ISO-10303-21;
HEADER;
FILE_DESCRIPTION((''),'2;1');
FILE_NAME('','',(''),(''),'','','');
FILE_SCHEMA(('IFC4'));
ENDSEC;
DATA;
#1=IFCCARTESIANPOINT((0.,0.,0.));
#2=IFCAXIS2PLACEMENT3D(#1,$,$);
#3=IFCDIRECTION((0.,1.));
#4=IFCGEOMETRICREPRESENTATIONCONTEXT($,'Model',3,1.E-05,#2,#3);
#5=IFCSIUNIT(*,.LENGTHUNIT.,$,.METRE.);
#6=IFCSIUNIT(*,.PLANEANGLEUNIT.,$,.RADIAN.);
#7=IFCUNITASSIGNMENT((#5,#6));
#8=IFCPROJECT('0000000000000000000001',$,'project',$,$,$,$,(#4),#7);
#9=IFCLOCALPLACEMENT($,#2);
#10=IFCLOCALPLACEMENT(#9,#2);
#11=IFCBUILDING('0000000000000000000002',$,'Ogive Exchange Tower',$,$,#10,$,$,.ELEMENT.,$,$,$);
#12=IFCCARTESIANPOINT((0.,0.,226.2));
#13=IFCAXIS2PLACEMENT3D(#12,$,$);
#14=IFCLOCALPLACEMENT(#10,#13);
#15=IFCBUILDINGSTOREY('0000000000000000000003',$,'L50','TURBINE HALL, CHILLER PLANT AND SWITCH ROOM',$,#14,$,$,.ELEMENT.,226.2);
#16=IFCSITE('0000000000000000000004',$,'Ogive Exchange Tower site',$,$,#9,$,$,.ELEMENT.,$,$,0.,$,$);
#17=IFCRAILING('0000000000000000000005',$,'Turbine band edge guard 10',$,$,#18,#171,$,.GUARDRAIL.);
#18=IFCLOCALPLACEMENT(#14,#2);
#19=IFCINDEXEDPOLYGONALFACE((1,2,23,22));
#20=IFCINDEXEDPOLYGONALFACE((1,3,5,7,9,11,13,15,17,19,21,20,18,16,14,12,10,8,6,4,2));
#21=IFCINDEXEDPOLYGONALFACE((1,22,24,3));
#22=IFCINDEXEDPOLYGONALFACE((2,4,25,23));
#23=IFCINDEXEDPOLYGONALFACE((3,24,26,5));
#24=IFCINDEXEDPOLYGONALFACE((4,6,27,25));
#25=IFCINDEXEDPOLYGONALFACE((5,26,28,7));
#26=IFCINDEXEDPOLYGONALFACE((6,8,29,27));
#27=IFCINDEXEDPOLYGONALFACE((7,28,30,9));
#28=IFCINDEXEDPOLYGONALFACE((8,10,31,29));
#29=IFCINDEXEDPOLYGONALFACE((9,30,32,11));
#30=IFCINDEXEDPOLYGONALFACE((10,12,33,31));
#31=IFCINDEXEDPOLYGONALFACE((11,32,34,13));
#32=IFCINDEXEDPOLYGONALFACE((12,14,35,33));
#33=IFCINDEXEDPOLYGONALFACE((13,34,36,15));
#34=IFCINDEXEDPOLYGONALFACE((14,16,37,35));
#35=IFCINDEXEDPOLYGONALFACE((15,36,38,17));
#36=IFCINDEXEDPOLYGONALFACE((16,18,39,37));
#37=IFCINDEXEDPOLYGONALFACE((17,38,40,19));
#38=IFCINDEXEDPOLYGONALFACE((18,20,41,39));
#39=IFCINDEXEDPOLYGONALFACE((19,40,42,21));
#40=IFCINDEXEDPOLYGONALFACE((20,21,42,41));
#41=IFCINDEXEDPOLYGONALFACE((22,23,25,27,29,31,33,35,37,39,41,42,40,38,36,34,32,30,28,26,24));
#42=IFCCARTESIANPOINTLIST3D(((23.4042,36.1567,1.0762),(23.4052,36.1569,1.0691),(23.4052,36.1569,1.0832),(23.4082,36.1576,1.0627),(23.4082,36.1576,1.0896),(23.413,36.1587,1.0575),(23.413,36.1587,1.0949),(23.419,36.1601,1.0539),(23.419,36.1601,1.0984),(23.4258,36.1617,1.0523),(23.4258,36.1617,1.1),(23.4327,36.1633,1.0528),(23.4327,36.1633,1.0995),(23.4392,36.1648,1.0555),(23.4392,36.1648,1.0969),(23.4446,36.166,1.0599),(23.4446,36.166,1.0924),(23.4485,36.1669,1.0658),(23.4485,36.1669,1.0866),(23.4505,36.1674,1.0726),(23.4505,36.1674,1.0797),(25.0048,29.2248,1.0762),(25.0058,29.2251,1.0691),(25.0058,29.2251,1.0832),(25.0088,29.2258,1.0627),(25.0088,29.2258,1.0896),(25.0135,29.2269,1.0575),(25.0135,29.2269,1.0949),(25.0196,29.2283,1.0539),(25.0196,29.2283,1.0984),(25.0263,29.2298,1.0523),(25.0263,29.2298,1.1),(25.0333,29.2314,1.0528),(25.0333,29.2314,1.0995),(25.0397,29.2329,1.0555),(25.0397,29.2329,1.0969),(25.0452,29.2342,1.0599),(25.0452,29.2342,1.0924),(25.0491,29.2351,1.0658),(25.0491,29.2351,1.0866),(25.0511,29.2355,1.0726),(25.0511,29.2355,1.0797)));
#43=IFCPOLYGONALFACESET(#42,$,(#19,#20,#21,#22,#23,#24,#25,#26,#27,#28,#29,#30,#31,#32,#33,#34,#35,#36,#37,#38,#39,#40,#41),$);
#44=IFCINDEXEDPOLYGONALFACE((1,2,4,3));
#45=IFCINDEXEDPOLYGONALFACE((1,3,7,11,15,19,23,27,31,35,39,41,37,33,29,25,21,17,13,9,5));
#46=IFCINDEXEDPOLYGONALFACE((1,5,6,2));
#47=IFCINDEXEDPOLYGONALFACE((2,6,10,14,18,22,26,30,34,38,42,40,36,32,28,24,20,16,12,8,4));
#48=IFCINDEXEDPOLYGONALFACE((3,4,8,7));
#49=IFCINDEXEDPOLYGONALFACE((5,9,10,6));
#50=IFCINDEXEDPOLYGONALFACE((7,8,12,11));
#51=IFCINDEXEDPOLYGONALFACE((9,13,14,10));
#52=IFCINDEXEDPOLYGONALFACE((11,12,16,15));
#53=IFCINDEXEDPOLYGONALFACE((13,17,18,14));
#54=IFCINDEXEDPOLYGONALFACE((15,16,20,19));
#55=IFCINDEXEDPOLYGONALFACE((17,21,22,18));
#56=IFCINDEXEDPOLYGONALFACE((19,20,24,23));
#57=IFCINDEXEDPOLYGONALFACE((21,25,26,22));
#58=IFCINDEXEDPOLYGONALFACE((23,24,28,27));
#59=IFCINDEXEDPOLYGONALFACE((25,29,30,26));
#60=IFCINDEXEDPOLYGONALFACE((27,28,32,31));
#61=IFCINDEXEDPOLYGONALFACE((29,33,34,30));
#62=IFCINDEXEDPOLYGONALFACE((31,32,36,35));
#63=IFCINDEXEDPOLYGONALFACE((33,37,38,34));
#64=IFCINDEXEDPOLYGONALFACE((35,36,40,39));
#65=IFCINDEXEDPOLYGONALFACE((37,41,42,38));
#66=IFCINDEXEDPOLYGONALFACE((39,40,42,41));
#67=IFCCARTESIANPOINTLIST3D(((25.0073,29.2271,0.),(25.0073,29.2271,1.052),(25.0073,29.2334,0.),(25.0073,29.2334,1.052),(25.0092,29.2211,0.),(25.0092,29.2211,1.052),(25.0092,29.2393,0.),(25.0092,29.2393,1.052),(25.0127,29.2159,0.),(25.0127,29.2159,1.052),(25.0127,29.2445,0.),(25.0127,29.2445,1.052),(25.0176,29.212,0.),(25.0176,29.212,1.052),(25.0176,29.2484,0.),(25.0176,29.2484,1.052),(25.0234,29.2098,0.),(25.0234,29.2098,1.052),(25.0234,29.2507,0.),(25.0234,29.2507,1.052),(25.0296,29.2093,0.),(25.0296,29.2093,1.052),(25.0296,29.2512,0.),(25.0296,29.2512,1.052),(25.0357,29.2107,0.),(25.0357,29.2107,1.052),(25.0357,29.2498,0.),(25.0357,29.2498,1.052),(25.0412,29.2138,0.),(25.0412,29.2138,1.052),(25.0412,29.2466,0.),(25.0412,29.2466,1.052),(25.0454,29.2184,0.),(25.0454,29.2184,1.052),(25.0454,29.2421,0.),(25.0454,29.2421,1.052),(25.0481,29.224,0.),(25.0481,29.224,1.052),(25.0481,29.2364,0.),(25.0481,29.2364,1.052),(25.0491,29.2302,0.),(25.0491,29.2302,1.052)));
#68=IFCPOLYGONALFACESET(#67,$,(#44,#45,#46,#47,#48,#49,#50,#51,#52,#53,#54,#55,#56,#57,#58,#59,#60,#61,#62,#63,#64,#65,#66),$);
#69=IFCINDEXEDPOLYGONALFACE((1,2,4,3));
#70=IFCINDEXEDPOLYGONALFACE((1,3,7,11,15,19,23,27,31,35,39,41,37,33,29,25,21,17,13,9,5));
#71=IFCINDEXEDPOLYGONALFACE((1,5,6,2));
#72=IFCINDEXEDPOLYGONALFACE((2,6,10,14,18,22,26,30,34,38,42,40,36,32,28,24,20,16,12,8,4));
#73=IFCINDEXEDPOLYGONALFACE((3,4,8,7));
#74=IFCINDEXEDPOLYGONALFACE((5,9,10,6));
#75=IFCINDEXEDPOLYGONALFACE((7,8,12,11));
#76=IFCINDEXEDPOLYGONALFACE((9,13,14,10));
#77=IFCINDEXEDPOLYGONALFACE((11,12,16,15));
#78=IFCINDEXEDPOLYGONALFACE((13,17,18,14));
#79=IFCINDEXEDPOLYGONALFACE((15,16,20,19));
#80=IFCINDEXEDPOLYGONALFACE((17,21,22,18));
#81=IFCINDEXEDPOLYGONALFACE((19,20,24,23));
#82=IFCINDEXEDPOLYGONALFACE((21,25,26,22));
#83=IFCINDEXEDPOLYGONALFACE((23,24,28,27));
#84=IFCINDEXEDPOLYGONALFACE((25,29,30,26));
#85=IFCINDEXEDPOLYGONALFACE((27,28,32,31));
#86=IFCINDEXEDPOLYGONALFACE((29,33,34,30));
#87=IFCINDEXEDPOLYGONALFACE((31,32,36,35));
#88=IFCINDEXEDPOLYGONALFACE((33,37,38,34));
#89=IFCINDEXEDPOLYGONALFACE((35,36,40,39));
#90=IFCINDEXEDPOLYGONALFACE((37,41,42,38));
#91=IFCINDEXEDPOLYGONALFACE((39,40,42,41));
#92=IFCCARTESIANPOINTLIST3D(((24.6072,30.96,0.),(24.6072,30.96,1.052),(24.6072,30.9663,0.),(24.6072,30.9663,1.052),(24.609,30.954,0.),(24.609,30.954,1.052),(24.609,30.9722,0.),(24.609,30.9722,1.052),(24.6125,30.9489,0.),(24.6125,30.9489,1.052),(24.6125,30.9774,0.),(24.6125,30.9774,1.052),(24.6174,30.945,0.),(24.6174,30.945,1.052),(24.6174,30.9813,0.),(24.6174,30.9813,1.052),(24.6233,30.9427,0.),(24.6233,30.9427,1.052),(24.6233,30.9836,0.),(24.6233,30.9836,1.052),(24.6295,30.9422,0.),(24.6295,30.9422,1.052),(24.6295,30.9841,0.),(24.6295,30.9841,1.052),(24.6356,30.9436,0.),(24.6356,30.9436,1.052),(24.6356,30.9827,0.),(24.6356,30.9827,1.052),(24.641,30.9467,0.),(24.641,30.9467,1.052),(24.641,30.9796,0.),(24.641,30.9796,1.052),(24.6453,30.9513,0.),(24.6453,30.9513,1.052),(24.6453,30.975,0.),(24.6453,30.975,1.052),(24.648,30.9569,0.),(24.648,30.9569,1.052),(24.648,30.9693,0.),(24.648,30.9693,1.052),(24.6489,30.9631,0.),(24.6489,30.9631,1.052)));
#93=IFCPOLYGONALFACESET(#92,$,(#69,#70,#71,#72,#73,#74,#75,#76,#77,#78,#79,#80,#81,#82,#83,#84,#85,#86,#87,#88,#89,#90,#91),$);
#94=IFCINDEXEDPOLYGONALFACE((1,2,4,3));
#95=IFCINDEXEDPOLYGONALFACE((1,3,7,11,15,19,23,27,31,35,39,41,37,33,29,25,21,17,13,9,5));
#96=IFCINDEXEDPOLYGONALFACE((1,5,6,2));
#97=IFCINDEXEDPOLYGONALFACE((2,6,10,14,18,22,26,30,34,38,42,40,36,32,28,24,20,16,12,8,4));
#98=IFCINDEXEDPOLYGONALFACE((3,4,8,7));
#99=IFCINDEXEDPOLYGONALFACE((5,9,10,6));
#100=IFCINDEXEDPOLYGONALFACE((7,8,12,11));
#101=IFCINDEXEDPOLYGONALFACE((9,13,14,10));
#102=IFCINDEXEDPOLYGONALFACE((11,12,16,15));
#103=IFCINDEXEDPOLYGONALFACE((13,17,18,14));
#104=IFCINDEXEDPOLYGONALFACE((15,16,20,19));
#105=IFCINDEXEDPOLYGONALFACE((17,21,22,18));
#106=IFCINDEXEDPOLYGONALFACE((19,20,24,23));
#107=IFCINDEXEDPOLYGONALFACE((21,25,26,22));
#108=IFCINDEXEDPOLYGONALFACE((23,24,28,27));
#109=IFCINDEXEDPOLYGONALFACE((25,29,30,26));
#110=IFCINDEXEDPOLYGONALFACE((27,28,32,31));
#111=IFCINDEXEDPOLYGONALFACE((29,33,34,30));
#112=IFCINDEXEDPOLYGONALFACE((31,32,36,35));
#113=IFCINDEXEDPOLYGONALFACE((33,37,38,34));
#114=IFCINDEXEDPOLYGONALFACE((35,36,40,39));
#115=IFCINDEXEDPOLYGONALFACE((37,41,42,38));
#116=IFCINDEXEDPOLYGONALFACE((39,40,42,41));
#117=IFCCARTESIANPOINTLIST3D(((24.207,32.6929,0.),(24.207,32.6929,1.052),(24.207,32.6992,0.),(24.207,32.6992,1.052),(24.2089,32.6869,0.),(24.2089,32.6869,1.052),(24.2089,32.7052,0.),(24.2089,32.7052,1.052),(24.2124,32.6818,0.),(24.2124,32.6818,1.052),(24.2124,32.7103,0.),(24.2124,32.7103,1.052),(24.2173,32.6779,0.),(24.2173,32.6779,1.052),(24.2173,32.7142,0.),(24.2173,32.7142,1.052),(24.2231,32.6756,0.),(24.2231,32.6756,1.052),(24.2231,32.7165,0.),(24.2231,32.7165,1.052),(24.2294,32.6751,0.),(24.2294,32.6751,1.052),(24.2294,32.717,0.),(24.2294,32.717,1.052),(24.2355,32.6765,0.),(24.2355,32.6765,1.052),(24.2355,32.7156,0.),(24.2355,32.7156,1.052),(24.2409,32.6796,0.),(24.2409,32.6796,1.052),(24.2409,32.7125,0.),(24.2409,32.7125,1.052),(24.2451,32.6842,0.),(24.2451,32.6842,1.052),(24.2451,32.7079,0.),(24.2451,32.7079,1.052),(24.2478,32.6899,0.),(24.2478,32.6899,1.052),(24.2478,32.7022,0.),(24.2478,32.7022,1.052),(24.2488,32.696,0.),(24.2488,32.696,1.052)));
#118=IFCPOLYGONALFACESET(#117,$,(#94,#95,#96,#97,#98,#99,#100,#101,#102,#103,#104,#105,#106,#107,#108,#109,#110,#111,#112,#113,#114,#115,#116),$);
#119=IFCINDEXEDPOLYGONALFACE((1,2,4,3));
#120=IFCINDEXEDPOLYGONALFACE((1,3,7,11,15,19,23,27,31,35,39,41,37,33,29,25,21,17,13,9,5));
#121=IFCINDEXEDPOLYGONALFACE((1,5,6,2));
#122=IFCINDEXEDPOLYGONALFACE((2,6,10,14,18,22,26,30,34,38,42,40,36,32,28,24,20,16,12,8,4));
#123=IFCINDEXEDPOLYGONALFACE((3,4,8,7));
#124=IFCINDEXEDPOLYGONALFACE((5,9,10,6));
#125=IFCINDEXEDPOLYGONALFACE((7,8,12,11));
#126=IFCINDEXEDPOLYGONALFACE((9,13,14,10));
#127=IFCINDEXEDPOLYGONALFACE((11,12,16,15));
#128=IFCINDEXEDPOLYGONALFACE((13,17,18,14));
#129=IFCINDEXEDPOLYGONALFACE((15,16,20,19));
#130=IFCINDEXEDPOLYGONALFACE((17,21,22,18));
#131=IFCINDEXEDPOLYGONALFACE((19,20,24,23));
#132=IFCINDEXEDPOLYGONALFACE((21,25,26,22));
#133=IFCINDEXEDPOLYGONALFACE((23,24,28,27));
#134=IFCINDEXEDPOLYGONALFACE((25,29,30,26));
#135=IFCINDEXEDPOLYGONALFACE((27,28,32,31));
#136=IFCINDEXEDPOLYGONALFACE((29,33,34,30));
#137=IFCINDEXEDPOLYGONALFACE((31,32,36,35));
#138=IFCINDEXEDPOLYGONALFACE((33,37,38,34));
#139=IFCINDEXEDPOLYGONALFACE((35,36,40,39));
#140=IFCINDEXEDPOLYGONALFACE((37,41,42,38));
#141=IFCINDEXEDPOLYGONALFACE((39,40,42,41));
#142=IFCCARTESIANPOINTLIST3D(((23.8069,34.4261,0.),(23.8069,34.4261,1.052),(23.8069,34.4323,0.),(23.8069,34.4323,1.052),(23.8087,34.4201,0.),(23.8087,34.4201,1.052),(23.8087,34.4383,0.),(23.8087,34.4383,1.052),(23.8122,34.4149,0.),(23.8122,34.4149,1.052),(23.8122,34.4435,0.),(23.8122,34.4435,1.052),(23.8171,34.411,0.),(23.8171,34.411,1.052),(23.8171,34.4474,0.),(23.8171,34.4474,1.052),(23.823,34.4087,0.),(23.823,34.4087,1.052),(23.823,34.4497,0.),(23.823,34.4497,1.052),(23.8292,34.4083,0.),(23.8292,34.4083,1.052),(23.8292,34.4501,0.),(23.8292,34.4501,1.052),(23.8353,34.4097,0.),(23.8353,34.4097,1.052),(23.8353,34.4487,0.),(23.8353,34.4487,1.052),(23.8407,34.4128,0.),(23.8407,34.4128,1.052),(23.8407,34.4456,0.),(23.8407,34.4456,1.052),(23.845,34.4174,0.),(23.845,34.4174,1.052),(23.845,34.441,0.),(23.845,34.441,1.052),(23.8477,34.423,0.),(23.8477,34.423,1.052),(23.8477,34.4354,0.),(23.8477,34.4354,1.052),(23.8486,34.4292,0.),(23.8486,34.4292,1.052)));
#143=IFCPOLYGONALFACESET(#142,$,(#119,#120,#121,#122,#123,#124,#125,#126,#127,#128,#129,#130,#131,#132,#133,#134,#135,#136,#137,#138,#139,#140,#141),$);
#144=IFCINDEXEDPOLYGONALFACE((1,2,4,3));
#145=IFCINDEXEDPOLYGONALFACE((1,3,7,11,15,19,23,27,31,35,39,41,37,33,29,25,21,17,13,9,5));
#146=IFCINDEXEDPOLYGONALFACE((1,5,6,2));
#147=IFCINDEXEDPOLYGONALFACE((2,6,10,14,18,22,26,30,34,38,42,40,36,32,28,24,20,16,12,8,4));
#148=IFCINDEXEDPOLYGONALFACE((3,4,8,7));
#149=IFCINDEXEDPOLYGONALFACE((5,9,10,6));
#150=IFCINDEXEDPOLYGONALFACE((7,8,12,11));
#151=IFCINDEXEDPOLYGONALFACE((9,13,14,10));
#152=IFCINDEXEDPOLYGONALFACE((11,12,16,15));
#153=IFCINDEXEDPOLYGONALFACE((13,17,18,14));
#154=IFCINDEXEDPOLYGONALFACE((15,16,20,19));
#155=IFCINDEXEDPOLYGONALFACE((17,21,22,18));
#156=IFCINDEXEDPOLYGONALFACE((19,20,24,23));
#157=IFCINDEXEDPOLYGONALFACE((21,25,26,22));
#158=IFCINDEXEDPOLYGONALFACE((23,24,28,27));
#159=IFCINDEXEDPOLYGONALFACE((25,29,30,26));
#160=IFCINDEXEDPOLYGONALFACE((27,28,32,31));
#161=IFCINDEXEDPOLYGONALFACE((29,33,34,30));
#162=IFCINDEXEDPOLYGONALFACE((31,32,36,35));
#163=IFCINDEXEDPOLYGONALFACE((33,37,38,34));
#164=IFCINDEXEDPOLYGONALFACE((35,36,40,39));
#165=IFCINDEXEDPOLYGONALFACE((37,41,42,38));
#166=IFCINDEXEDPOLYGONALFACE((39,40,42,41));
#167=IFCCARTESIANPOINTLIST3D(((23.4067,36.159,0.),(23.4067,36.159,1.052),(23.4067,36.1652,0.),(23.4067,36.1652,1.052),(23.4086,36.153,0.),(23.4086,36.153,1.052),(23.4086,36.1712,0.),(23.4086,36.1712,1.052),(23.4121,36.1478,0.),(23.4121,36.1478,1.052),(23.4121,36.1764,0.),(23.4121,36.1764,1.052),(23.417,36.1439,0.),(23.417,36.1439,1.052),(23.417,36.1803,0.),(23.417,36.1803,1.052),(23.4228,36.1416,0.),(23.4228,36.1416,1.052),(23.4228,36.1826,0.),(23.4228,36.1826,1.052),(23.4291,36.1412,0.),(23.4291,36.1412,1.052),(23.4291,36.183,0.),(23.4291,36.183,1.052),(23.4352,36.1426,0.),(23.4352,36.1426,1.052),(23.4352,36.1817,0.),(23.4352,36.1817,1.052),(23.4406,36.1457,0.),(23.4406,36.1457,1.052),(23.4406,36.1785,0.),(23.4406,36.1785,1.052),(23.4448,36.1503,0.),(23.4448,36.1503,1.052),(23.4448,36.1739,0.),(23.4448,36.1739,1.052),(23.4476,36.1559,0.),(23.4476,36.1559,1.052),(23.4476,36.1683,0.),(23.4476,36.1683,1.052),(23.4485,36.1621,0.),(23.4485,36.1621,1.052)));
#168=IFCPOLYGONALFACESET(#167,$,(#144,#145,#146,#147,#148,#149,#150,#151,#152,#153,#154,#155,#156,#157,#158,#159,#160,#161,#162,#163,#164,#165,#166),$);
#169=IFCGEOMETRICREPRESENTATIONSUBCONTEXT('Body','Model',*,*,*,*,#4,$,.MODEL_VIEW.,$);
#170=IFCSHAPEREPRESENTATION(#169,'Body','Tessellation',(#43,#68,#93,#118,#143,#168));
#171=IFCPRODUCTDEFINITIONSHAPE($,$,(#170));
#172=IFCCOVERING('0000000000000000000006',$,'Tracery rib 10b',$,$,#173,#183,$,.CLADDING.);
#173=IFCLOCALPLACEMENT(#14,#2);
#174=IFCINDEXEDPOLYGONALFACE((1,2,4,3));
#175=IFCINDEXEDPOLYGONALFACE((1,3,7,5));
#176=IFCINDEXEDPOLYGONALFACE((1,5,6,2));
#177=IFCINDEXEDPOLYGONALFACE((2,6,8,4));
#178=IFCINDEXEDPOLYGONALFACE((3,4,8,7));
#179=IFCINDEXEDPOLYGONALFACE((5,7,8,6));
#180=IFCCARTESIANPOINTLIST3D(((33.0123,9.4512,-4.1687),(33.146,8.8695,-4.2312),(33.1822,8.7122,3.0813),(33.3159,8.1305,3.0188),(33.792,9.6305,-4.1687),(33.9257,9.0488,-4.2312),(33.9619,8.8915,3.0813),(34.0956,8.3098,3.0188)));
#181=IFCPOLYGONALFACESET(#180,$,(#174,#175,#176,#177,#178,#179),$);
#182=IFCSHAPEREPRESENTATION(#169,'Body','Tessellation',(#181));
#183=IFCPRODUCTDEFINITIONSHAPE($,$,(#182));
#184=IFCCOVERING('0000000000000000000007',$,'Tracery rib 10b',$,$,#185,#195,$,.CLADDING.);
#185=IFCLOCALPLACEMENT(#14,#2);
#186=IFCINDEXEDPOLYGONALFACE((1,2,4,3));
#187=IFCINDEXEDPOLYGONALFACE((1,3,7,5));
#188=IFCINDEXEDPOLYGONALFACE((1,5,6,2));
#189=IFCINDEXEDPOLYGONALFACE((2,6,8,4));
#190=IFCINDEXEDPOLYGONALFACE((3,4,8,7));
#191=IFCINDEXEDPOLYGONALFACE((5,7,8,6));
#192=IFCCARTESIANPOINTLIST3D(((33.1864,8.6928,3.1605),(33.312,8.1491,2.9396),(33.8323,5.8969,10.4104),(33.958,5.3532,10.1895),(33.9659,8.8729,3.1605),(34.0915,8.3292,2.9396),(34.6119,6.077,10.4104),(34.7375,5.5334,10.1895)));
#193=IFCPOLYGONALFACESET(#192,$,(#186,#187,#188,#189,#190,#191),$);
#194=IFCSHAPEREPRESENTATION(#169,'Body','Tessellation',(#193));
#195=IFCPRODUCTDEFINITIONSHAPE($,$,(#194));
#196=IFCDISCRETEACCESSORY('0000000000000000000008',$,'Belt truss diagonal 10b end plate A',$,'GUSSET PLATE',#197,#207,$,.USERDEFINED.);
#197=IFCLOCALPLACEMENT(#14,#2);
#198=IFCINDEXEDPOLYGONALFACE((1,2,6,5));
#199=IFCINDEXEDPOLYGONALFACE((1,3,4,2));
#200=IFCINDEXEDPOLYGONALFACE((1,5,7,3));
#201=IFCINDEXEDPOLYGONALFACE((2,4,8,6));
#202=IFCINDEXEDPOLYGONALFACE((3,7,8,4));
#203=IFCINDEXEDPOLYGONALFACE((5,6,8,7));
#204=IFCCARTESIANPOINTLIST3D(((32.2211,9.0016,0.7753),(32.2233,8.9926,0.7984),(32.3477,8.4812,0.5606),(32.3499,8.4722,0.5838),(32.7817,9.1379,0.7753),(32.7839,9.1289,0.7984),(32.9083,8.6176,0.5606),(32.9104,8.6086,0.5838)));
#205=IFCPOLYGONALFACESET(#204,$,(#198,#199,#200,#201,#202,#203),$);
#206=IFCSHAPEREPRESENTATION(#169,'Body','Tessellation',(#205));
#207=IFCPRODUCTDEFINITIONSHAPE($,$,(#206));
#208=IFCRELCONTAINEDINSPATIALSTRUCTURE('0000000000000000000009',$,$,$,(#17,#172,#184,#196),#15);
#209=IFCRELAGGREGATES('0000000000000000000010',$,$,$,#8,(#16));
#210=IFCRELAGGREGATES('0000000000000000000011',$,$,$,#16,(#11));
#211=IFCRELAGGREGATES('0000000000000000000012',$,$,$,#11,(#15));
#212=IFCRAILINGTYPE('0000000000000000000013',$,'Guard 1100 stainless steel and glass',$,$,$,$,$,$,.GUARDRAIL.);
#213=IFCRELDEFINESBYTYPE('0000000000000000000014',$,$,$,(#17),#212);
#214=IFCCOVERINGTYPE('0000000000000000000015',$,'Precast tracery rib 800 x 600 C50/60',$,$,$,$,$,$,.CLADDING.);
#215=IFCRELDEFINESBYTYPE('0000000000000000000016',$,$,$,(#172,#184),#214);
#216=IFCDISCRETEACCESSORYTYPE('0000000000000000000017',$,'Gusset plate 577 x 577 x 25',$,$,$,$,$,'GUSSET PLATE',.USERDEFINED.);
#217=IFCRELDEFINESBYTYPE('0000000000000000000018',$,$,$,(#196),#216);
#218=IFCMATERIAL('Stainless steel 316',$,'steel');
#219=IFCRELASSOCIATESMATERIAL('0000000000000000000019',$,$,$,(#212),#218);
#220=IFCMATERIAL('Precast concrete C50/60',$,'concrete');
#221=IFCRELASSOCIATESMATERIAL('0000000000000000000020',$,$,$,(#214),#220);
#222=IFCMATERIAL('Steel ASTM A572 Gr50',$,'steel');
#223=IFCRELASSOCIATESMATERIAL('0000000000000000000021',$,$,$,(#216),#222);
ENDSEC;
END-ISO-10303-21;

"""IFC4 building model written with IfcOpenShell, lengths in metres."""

from ifc_helpers import new_model, si_unit, direction, frame, origin, origin_2d, place, context, subcontext, project, spatial, rectangle, circle, extrude, material, material_profile, profile_set, type_object, element, save


model = new_model("IFC4")

# Units and contexts
model_context = context("Model", 3, precision=1e-05, world=origin(), true_north=direction((0.0, 1.0)))
body_context = subcontext(model_context, "Body", "Model", "MODEL_VIEW")
ifc_project = project(units=[si_unit("LENGTHUNIT", "METRE"), si_unit("PLANEANGLEUNIT", "RADIAN")], contexts=[model_context])

# Site, building, storey
site_placement = place(None, origin())
site = spatial("IfcSite", under=ifc_project, at=site_placement, Name="Ogive Exchange Tower site", CompositionType="ELEMENT", RefElevation=0.0)
building_placement = place(site_placement, origin())
building = spatial("IfcBuilding", under=site, at=building_placement, Name="Ogive Exchange Tower", CompositionType="ELEMENT")
storey_placement = place(building_placement, frame((0.0, 0.0, 226.2)))
storey = spatial("IfcBuildingStorey", under=building, at=storey_placement, Name="L50", Description="TURBINE HALL, CHILLER PLANT AND SWITCH ROOM", CompositionType="ELEMENT", Elevation=226.2)

# Railing
ifc_material_1 = material(Name="Stainless steel 316", Category="steel")
railing_type = type_object("IfcRailingType", Name="Guard 1100 stainless steel and glass", PredefinedType="GUARDRAIL", material=ifc_material_1)
railing_placement = place(storey_placement, frame((25.0281, 29.2302, 0.0)))
element("IfcRailing", 1, at=railing_placement, inside=storey, type_object=railing_type, Name="Turbine band edge guard 10", PredefinedType="GUARDRAIL", context=body_context, shape_type="SweptSolid", body=[
    extrude(circle(Radius=0.0239, at=origin_2d()), frame((0.0, 0.0, 1.0762), z_axis=(-0.224982, 0.974363, 0.0), x_axis=(-0.974363, -0.224982, 0.0)), (0.0, 0.0, 1.0), 7.1143),
    extrude(circle(Radius=0.021, at=origin_2d()), origin(), (0.0, 0.0, 1.0), 1.052),
    extrude(circle(Radius=0.021, at=origin_2d()), frame((-0.4001, 1.7329, 0.0)), (0.0, 0.0, 1.0), 1.052),
    extrude(circle(Radius=0.021, at=origin_2d()), frame((-0.8003, 3.4658, 0.0)), (0.0, 0.0, 1.0), 1.052),
    extrude(circle(Radius=0.021, at=origin_2d()), frame((-1.2004, 5.199, 0.0)), (0.0, 0.0, 1.0), 1.052),
    extrude(circle(Radius=0.021, at=origin_2d()), frame((-1.6006, 6.9319, 0.0)), (0.0, 0.0, 1.0), 1.052),
])

# Coverings
ifc_material_2 = material(Name="Precast concrete C50/60", Category="concrete")
ifc_material_profile_1 = material_profile(ifc_material_2, rectangle(XDim=0.8, YDim=0.6001, at=origin_2d()), Name="RIB 800 x 600")
ifc_profile_set_1 = profile_set([ifc_material_profile_1], Name="Precast concrete C50/60")
covering_type = type_object("IfcCoveringType", Name="Precast tracery rib 800 x 600 C50/60", PredefinedType="CLADDING", material=ifc_profile_set_1)
covering_1_placement = place(storey_placement, frame((33.469, 9.25, -4.2), z_axis=(0.02331, -0.10138, 0.994575), x_axis=(0.97457, 0.224083, 0.0)))
element("IfcCovering", 2, at=covering_1_placement, inside=storey, type_object=covering_type, Name="Tracery rib 10b", PredefinedType="CLADDING", context=body_context, shape_type="SweptSolid", body=[
    extrude(rectangle(XDim=0.8, YDim=0.6001, at=origin_2d()), origin(), (0.0, 0.0, 1.0), 7.2896),
])
covering_2_placement = place(storey_placement, frame((33.6389, 8.511, 3.05), z_axis=(0.082849, -0.358576, 0.929817), x_axis=(0.974331, 0.22512, 0.0)))
element("IfcCovering", 3, at=covering_2_placement, inside=storey, type_object=covering_type, Name="Tracery rib 10b", PredefinedType="CLADDING", context=body_context, shape_type="SweptSolid", body=[
    extrude(rectangle(XDim=0.8, YDim=0.6001, at=origin_2d()), origin(), (0.0, 0.0, 1.0), 7.7971),
])

# Discrete accessory
ifc_material_3 = material(Name="Steel ASTM A572 Gr50", Category="steel")
ifc_material_profile_2 = material_profile(ifc_material_3, rectangle(XDim=0.5769, YDim=0.5769, at=origin_2d()), Name="PL 577 x 577 x 25")
ifc_profile_set_2 = profile_set([ifc_material_profile_2], Name="Steel ASTM A572 Gr50")
discrete_accessory_type_1 = type_object("IfcDiscreteAccessoryType", Name="Gusset plate 577 x 577 x 25", ElementType="GUSSET PLATE", PredefinedType="USERDEFINED", material=ifc_profile_set_2)
for number, where, z_axis, x_axis, name in (
    (4, (32.5647, 8.8096, 0.668), (0.087936, -0.361514, 0.928211), (0.971668, 0.236352, 0.0), "Belt truss diagonal 10b end plate A"),
):
    element("IfcDiscreteAccessory", number, at=place(storey_placement, frame(where, z_axis=z_axis, x_axis=x_axis)), inside=storey, type_object=discrete_accessory_type_1, Name=name, ObjectType="GUSSET PLATE", PredefinedType="USERDEFINED", context=body_context, shape_type="SweptSolid", body=[
        extrude(rectangle(XDim=0.5769, YDim=0.5769, at=origin_2d()), origin(), (0.0, 0.0, 1.0), 0.0249),
    ])

save(model, "model.ifc")
